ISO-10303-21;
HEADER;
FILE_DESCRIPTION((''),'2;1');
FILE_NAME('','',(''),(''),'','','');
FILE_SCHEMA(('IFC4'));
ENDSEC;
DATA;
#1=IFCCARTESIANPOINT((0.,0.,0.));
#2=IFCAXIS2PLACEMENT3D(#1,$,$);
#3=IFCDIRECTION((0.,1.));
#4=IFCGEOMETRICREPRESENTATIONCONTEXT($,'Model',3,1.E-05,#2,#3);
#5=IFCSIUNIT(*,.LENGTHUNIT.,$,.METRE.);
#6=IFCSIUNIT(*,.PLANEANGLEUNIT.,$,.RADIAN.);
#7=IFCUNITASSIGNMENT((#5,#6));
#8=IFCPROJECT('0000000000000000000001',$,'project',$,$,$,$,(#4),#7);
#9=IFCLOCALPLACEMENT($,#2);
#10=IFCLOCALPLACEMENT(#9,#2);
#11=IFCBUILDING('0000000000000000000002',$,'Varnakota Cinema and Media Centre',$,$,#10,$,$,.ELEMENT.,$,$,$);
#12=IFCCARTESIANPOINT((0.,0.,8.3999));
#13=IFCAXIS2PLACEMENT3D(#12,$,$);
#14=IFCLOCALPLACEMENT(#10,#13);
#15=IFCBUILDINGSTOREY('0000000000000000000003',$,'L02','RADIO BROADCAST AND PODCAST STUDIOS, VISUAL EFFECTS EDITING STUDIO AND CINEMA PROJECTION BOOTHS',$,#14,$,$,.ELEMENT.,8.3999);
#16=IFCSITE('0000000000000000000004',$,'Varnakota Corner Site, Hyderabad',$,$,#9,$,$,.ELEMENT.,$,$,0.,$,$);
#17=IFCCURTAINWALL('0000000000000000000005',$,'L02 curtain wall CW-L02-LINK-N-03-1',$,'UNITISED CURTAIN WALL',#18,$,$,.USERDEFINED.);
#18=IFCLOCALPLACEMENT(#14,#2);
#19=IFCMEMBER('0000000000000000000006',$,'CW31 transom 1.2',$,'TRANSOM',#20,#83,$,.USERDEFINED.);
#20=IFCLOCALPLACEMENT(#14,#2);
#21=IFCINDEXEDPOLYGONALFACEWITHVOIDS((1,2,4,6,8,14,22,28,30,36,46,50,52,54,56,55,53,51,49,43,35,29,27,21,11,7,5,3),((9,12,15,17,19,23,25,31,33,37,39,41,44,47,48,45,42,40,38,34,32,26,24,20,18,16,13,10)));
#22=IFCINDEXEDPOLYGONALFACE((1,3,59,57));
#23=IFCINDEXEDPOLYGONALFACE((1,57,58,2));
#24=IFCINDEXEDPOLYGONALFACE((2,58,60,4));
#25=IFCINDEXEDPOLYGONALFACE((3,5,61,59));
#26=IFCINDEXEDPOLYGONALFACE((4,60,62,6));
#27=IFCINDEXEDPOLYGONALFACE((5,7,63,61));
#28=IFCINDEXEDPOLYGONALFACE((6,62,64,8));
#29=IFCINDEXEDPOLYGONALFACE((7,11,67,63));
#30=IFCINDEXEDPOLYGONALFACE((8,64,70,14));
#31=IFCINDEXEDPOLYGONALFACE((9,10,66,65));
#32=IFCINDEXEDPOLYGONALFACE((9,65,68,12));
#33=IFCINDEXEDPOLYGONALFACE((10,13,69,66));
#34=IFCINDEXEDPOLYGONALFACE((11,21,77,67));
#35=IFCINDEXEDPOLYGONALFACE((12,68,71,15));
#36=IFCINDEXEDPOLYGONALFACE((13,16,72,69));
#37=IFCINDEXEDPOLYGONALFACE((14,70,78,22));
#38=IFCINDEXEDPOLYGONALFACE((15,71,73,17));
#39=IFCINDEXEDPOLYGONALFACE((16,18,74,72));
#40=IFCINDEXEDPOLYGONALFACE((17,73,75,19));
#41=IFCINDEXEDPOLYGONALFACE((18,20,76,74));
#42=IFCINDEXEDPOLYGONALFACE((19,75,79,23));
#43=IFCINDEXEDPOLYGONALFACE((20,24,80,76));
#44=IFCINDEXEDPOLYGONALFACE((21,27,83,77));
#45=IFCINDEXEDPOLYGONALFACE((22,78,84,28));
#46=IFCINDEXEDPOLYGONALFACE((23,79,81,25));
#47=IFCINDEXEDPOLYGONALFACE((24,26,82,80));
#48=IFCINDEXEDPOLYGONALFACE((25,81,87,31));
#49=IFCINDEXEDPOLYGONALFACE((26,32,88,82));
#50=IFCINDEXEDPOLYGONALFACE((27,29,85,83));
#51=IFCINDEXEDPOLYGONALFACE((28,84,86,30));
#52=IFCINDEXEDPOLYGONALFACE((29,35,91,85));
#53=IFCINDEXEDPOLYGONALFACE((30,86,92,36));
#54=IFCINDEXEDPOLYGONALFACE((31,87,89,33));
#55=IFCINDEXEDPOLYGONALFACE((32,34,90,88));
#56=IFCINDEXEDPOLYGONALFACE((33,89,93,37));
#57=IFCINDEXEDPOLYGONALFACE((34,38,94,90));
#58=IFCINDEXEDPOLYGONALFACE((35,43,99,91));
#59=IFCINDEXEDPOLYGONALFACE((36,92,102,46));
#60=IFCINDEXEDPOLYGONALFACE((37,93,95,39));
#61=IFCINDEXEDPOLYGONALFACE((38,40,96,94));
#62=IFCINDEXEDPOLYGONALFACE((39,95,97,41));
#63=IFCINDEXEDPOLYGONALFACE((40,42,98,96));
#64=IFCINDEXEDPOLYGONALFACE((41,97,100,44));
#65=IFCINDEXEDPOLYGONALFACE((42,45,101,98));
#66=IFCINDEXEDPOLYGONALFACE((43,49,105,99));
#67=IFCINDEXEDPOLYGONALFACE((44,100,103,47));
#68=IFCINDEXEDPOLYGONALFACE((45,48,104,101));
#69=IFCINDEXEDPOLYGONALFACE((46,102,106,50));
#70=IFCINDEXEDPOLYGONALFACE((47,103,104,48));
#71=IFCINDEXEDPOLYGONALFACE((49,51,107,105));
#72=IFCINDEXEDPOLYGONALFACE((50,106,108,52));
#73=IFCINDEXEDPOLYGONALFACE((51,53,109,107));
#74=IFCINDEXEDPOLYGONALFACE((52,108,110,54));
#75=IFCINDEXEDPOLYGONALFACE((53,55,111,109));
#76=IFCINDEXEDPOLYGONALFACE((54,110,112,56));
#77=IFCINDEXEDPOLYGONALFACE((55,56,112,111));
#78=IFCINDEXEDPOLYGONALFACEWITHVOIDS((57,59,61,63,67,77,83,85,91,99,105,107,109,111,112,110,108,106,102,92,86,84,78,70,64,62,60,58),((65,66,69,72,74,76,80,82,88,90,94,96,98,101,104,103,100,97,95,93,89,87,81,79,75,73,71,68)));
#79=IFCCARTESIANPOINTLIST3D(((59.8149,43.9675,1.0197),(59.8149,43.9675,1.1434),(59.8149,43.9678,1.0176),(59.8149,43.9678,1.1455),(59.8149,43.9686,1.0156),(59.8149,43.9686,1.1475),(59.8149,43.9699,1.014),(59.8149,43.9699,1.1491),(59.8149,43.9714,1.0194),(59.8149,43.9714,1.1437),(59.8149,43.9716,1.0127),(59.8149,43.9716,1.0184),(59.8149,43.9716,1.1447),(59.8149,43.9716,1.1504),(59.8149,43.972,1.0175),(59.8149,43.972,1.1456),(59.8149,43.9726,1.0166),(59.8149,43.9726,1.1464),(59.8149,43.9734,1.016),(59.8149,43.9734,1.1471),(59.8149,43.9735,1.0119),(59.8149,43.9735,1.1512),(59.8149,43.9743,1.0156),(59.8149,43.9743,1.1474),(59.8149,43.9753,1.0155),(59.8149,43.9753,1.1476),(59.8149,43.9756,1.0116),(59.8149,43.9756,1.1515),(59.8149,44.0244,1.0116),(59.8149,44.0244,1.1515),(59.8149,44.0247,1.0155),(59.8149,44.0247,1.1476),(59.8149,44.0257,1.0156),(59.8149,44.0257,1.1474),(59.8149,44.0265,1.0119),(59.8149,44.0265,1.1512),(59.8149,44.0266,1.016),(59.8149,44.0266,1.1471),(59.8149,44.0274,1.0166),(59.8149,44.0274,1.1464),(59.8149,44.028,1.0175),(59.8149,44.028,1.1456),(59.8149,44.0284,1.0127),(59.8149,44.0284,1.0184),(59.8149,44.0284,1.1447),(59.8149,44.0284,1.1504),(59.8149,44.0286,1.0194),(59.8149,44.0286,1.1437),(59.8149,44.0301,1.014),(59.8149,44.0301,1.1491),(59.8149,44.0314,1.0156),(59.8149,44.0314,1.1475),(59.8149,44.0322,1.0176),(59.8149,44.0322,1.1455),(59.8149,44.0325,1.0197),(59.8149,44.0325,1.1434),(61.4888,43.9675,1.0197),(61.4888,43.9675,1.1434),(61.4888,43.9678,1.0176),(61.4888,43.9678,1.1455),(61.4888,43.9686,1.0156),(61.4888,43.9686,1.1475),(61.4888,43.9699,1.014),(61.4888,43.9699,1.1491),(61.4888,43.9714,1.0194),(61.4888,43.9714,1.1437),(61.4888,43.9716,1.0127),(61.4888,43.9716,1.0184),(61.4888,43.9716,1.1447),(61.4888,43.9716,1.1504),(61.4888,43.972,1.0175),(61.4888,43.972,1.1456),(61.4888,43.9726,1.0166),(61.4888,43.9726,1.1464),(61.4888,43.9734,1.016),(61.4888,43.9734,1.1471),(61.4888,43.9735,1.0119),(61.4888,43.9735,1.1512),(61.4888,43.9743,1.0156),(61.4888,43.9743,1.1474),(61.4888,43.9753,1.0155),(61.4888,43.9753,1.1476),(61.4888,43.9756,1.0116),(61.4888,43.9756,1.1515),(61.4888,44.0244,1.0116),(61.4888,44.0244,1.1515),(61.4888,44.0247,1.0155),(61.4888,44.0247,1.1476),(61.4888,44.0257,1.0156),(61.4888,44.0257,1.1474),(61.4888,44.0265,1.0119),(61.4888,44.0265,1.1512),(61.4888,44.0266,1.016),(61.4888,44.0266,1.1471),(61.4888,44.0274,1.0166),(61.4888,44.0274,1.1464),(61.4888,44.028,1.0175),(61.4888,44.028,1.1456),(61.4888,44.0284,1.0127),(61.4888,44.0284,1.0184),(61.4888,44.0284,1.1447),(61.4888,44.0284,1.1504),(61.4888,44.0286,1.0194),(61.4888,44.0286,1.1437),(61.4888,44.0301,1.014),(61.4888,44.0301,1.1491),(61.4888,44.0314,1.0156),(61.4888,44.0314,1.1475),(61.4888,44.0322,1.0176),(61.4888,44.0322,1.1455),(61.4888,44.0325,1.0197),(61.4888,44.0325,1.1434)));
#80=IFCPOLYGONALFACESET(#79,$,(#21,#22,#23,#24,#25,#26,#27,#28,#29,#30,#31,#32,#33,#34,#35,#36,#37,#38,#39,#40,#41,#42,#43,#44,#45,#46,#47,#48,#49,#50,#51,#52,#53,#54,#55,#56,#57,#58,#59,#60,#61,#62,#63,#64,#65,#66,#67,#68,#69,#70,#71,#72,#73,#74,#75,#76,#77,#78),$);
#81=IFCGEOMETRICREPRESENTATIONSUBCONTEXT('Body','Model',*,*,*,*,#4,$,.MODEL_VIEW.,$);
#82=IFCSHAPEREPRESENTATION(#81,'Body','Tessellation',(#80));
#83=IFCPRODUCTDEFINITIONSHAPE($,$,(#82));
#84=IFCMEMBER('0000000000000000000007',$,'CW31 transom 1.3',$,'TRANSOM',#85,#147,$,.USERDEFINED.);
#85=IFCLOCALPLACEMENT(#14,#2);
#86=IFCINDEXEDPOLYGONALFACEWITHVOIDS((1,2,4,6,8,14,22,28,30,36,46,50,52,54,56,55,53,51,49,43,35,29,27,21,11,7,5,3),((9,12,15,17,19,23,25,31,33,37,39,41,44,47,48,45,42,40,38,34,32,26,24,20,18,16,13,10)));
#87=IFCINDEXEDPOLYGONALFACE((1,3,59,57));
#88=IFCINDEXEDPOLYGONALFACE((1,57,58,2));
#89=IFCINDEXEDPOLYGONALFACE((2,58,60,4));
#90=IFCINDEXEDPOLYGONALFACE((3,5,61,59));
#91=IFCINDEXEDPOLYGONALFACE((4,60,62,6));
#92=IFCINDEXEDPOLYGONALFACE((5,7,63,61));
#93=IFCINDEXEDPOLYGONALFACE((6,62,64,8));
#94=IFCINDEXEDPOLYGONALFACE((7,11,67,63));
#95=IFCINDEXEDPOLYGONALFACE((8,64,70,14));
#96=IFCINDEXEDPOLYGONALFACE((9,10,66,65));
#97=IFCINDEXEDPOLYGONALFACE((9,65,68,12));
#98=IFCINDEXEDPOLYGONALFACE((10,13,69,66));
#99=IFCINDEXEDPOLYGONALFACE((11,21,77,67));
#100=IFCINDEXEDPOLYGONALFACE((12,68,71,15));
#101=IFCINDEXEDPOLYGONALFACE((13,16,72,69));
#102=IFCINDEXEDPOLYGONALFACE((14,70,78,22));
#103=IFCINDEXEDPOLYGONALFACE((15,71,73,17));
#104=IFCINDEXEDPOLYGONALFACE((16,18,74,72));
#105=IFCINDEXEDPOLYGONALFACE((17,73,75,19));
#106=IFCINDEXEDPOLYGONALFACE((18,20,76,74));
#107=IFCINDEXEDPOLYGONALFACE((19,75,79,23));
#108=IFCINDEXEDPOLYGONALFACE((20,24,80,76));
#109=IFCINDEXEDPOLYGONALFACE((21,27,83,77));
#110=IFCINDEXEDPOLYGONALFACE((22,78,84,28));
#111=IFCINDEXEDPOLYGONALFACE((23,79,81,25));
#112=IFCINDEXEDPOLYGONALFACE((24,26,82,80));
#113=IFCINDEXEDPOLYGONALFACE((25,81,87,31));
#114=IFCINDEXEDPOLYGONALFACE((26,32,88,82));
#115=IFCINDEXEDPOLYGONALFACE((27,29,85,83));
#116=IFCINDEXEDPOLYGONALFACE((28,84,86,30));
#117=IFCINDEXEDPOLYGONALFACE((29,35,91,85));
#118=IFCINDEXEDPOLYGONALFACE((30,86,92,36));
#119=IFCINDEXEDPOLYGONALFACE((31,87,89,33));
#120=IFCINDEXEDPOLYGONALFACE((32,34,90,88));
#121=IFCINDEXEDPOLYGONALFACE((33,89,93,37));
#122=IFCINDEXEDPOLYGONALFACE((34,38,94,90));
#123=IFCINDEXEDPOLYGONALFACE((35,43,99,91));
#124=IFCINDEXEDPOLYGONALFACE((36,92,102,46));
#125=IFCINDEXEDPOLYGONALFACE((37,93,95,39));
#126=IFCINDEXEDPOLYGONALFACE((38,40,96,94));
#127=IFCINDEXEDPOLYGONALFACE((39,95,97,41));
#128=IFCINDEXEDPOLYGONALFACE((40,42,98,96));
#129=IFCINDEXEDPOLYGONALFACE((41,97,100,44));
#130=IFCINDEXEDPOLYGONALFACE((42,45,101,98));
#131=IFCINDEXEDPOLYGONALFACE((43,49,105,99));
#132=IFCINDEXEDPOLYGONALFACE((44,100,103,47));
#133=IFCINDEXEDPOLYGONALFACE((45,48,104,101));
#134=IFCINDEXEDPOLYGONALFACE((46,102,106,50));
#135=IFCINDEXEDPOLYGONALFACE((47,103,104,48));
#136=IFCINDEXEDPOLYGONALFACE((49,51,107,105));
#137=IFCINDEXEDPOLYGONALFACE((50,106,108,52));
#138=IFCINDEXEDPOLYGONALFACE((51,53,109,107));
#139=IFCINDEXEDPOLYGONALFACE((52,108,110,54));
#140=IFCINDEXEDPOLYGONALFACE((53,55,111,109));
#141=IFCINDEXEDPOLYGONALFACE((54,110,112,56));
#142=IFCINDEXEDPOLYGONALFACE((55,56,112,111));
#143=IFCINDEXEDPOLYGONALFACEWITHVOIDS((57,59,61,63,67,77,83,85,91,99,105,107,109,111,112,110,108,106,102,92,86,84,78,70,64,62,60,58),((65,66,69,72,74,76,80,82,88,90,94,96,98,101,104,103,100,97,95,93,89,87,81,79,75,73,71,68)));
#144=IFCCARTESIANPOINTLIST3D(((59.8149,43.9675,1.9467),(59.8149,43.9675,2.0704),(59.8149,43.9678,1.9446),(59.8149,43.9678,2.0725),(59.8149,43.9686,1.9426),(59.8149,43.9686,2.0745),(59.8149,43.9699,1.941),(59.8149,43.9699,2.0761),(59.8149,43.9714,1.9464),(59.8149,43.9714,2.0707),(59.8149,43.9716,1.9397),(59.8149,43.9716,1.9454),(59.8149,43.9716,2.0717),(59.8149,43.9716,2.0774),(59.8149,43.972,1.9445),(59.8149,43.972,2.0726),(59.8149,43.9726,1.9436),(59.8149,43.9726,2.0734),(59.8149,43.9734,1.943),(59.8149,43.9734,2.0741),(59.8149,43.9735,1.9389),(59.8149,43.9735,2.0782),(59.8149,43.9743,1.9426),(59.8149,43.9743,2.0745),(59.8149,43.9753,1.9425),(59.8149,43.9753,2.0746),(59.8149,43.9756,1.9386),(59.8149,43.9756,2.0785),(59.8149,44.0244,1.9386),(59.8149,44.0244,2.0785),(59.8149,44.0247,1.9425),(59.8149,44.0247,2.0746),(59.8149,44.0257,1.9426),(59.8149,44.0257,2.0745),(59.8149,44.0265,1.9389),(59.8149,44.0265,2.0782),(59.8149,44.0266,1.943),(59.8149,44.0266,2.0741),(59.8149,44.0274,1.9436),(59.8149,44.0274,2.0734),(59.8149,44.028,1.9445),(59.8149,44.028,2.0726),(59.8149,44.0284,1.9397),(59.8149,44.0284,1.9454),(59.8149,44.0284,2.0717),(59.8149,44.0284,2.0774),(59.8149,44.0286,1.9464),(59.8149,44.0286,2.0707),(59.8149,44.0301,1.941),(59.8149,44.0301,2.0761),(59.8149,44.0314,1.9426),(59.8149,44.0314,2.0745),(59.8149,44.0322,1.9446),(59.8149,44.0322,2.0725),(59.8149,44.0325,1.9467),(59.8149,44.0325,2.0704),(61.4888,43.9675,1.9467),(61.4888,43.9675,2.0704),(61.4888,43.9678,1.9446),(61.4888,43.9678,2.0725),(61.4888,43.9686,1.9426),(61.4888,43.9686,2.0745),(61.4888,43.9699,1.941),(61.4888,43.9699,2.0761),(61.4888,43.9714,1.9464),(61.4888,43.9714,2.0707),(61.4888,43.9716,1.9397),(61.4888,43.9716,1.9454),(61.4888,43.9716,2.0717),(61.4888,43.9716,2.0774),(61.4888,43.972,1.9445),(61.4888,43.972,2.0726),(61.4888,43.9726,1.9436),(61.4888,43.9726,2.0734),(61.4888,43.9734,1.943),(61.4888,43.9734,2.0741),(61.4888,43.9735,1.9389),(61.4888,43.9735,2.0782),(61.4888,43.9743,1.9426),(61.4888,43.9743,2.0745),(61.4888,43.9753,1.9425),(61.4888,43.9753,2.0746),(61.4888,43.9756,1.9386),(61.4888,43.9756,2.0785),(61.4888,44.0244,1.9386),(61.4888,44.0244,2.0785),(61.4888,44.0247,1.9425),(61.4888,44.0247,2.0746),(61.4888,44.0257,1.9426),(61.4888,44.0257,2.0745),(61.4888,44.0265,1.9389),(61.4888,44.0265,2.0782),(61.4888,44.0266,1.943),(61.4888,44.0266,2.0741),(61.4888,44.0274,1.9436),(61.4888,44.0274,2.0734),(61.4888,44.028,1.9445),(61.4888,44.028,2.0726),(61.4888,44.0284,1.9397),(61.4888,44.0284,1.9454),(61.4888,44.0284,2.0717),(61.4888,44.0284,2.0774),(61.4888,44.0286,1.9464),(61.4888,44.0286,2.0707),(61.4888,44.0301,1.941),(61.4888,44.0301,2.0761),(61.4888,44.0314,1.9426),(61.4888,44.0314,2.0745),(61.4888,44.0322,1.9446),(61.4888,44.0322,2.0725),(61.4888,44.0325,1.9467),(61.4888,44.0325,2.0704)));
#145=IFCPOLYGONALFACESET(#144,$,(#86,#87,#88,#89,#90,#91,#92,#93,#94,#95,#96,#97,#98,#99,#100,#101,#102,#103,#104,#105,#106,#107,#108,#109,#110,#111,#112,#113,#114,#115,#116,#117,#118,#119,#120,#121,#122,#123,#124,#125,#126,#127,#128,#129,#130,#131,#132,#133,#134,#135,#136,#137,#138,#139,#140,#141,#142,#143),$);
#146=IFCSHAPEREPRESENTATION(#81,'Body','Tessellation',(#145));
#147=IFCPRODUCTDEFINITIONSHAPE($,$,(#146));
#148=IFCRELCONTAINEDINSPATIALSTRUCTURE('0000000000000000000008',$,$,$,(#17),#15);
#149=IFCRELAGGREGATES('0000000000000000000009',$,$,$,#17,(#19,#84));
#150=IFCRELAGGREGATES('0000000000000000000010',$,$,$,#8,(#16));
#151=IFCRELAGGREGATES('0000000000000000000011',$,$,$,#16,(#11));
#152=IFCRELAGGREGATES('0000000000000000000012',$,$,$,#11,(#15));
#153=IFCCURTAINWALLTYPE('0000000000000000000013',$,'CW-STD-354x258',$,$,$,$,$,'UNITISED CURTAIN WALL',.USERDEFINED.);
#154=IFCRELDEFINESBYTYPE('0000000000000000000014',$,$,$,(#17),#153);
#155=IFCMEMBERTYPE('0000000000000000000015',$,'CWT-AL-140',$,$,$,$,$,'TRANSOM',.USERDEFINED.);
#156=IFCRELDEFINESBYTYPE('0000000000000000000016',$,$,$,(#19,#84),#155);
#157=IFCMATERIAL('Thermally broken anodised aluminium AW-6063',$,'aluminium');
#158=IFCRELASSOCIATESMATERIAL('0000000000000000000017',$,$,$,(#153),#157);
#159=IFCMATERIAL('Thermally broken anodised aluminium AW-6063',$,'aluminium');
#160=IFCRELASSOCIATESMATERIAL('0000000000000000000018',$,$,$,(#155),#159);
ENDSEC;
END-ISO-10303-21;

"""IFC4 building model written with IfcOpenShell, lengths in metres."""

from ifc_helpers import new_model, si_unit, direction, frame, origin, origin_2d, place, context, subcontext, project, spatial, hollow_rectangle, extrude, material, material_profile, profile_set, type_object, element, aggregate, save


model = new_model("IFC4")

# Units and contexts
model_context = context("Model", 3, precision=1e-05, world=origin(), true_north=direction((0.0, 1.0)))
body_context = subcontext(model_context, "Body", "Model", "MODEL_VIEW")
ifc_project = project(units=[si_unit("LENGTHUNIT", "METRE"), si_unit("PLANEANGLEUNIT", "RADIAN")], contexts=[model_context])

# Site, building, storey
site_placement = place(None, origin())
site = spatial("IfcSite", under=ifc_project, at=site_placement, Name="Varnakota Corner Site, Hyderabad", CompositionType="ELEMENT", RefElevation=0.0)
building_placement = place(site_placement, origin())
building = spatial("IfcBuilding", under=site, at=building_placement, Name="Varnakota Cinema and Media Centre", CompositionType="ELEMENT")
storey_placement = place(building_placement, frame((0.0, 0.0, 8.3999)))
storey = spatial("IfcBuildingStorey", under=building, at=storey_placement, Name="L02", Description="RADIO BROADCAST AND PODCAST STUDIOS, VISUAL EFFECTS EDITING STUDIO AND CINEMA PROJECTION BOOTHS", CompositionType="ELEMENT", Elevation=8.3999)

# Curtain wall
ifc_material_1 = material(Name="Thermally broken anodised aluminium AW-6063", Category="aluminium")
curtain_wall_type = type_object("IfcCurtainWallType", Name="CW-STD-354x258", ElementType="UNITISED CURTAIN WALL", PredefinedType="USERDEFINED", material=ifc_material_1)
curtain_wall_1_placement = place(storey_placement, origin())
curtain_wall_1 = element("IfcCurtainWall", 1, at=curtain_wall_1_placement, inside=storey, type_object=curtain_wall_type, Name="L02 curtain wall CW-L02-LINK-N-03-1", ObjectType="UNITISED CURTAIN WALL", PredefinedType="USERDEFINED")

# Members
ifc_material_2 = material(Name="Thermally broken anodised aluminium AW-6063", Category="aluminium")
ifc_material_profile_1 = material_profile(ifc_material_2, hollow_rectangle(XDim=0.0649, YDim=0.1399, WallThickness=0.0039, InnerFilletRadius=0.0039, OuterFilletRadius=0.0081, at=origin_2d()), Name="AL-TRANSOM 140x65x4")
ifc_profile_set_1 = profile_set([ifc_material_profile_1], Name="Thermally broken anodised aluminium AW-6063")
member_type_1 = type_object("IfcMemberType", Name="CWT-AL-140", ElementType="TRANSOM", PredefinedType="USERDEFINED", material=ifc_profile_set_1)
member_1_placement = place(storey_placement, frame((59.8149, 44.0, 1.0815), z_axis=(1.0, 0.0, 0.0), x_axis=(0.0, 1.0, 0.0)))
member_1 = element("IfcMember", 2, at=member_1_placement, type_object=member_type_1, Name="CW31 transom 1.2", ObjectType="TRANSOM", PredefinedType="USERDEFINED", context=body_context, shape_type="SweptSolid", body=[
    extrude(hollow_rectangle(XDim=0.0649, YDim=0.1399, WallThickness=0.0039, InnerFilletRadius=0.0039, OuterFilletRadius=0.0081, at=origin_2d()), origin(), (0.0, 0.0, 1.0), 1.6738),
])
member_2_placement = place(storey_placement, frame((59.8149, 44.0, 2.0085), z_axis=(1.0, 0.0, 0.0), x_axis=(0.0, 1.0, 0.0)))
member_2 = element("IfcMember", 3, at=member_2_placement, type_object=member_type_1, Name="CW31 transom 1.3", ObjectType="TRANSOM", PredefinedType="USERDEFINED", context=body_context, shape_type="SweptSolid", body=[
    extrude(hollow_rectangle(XDim=0.0649, YDim=0.1399, WallThickness=0.0039, InnerFilletRadius=0.0039, OuterFilletRadius=0.0081, at=origin_2d()), origin(), (0.0, 0.0, 1.0), 1.6738),
])

aggregate(curtain_wall_1, [member_1, member_2])

save(model, "model.ifc")
